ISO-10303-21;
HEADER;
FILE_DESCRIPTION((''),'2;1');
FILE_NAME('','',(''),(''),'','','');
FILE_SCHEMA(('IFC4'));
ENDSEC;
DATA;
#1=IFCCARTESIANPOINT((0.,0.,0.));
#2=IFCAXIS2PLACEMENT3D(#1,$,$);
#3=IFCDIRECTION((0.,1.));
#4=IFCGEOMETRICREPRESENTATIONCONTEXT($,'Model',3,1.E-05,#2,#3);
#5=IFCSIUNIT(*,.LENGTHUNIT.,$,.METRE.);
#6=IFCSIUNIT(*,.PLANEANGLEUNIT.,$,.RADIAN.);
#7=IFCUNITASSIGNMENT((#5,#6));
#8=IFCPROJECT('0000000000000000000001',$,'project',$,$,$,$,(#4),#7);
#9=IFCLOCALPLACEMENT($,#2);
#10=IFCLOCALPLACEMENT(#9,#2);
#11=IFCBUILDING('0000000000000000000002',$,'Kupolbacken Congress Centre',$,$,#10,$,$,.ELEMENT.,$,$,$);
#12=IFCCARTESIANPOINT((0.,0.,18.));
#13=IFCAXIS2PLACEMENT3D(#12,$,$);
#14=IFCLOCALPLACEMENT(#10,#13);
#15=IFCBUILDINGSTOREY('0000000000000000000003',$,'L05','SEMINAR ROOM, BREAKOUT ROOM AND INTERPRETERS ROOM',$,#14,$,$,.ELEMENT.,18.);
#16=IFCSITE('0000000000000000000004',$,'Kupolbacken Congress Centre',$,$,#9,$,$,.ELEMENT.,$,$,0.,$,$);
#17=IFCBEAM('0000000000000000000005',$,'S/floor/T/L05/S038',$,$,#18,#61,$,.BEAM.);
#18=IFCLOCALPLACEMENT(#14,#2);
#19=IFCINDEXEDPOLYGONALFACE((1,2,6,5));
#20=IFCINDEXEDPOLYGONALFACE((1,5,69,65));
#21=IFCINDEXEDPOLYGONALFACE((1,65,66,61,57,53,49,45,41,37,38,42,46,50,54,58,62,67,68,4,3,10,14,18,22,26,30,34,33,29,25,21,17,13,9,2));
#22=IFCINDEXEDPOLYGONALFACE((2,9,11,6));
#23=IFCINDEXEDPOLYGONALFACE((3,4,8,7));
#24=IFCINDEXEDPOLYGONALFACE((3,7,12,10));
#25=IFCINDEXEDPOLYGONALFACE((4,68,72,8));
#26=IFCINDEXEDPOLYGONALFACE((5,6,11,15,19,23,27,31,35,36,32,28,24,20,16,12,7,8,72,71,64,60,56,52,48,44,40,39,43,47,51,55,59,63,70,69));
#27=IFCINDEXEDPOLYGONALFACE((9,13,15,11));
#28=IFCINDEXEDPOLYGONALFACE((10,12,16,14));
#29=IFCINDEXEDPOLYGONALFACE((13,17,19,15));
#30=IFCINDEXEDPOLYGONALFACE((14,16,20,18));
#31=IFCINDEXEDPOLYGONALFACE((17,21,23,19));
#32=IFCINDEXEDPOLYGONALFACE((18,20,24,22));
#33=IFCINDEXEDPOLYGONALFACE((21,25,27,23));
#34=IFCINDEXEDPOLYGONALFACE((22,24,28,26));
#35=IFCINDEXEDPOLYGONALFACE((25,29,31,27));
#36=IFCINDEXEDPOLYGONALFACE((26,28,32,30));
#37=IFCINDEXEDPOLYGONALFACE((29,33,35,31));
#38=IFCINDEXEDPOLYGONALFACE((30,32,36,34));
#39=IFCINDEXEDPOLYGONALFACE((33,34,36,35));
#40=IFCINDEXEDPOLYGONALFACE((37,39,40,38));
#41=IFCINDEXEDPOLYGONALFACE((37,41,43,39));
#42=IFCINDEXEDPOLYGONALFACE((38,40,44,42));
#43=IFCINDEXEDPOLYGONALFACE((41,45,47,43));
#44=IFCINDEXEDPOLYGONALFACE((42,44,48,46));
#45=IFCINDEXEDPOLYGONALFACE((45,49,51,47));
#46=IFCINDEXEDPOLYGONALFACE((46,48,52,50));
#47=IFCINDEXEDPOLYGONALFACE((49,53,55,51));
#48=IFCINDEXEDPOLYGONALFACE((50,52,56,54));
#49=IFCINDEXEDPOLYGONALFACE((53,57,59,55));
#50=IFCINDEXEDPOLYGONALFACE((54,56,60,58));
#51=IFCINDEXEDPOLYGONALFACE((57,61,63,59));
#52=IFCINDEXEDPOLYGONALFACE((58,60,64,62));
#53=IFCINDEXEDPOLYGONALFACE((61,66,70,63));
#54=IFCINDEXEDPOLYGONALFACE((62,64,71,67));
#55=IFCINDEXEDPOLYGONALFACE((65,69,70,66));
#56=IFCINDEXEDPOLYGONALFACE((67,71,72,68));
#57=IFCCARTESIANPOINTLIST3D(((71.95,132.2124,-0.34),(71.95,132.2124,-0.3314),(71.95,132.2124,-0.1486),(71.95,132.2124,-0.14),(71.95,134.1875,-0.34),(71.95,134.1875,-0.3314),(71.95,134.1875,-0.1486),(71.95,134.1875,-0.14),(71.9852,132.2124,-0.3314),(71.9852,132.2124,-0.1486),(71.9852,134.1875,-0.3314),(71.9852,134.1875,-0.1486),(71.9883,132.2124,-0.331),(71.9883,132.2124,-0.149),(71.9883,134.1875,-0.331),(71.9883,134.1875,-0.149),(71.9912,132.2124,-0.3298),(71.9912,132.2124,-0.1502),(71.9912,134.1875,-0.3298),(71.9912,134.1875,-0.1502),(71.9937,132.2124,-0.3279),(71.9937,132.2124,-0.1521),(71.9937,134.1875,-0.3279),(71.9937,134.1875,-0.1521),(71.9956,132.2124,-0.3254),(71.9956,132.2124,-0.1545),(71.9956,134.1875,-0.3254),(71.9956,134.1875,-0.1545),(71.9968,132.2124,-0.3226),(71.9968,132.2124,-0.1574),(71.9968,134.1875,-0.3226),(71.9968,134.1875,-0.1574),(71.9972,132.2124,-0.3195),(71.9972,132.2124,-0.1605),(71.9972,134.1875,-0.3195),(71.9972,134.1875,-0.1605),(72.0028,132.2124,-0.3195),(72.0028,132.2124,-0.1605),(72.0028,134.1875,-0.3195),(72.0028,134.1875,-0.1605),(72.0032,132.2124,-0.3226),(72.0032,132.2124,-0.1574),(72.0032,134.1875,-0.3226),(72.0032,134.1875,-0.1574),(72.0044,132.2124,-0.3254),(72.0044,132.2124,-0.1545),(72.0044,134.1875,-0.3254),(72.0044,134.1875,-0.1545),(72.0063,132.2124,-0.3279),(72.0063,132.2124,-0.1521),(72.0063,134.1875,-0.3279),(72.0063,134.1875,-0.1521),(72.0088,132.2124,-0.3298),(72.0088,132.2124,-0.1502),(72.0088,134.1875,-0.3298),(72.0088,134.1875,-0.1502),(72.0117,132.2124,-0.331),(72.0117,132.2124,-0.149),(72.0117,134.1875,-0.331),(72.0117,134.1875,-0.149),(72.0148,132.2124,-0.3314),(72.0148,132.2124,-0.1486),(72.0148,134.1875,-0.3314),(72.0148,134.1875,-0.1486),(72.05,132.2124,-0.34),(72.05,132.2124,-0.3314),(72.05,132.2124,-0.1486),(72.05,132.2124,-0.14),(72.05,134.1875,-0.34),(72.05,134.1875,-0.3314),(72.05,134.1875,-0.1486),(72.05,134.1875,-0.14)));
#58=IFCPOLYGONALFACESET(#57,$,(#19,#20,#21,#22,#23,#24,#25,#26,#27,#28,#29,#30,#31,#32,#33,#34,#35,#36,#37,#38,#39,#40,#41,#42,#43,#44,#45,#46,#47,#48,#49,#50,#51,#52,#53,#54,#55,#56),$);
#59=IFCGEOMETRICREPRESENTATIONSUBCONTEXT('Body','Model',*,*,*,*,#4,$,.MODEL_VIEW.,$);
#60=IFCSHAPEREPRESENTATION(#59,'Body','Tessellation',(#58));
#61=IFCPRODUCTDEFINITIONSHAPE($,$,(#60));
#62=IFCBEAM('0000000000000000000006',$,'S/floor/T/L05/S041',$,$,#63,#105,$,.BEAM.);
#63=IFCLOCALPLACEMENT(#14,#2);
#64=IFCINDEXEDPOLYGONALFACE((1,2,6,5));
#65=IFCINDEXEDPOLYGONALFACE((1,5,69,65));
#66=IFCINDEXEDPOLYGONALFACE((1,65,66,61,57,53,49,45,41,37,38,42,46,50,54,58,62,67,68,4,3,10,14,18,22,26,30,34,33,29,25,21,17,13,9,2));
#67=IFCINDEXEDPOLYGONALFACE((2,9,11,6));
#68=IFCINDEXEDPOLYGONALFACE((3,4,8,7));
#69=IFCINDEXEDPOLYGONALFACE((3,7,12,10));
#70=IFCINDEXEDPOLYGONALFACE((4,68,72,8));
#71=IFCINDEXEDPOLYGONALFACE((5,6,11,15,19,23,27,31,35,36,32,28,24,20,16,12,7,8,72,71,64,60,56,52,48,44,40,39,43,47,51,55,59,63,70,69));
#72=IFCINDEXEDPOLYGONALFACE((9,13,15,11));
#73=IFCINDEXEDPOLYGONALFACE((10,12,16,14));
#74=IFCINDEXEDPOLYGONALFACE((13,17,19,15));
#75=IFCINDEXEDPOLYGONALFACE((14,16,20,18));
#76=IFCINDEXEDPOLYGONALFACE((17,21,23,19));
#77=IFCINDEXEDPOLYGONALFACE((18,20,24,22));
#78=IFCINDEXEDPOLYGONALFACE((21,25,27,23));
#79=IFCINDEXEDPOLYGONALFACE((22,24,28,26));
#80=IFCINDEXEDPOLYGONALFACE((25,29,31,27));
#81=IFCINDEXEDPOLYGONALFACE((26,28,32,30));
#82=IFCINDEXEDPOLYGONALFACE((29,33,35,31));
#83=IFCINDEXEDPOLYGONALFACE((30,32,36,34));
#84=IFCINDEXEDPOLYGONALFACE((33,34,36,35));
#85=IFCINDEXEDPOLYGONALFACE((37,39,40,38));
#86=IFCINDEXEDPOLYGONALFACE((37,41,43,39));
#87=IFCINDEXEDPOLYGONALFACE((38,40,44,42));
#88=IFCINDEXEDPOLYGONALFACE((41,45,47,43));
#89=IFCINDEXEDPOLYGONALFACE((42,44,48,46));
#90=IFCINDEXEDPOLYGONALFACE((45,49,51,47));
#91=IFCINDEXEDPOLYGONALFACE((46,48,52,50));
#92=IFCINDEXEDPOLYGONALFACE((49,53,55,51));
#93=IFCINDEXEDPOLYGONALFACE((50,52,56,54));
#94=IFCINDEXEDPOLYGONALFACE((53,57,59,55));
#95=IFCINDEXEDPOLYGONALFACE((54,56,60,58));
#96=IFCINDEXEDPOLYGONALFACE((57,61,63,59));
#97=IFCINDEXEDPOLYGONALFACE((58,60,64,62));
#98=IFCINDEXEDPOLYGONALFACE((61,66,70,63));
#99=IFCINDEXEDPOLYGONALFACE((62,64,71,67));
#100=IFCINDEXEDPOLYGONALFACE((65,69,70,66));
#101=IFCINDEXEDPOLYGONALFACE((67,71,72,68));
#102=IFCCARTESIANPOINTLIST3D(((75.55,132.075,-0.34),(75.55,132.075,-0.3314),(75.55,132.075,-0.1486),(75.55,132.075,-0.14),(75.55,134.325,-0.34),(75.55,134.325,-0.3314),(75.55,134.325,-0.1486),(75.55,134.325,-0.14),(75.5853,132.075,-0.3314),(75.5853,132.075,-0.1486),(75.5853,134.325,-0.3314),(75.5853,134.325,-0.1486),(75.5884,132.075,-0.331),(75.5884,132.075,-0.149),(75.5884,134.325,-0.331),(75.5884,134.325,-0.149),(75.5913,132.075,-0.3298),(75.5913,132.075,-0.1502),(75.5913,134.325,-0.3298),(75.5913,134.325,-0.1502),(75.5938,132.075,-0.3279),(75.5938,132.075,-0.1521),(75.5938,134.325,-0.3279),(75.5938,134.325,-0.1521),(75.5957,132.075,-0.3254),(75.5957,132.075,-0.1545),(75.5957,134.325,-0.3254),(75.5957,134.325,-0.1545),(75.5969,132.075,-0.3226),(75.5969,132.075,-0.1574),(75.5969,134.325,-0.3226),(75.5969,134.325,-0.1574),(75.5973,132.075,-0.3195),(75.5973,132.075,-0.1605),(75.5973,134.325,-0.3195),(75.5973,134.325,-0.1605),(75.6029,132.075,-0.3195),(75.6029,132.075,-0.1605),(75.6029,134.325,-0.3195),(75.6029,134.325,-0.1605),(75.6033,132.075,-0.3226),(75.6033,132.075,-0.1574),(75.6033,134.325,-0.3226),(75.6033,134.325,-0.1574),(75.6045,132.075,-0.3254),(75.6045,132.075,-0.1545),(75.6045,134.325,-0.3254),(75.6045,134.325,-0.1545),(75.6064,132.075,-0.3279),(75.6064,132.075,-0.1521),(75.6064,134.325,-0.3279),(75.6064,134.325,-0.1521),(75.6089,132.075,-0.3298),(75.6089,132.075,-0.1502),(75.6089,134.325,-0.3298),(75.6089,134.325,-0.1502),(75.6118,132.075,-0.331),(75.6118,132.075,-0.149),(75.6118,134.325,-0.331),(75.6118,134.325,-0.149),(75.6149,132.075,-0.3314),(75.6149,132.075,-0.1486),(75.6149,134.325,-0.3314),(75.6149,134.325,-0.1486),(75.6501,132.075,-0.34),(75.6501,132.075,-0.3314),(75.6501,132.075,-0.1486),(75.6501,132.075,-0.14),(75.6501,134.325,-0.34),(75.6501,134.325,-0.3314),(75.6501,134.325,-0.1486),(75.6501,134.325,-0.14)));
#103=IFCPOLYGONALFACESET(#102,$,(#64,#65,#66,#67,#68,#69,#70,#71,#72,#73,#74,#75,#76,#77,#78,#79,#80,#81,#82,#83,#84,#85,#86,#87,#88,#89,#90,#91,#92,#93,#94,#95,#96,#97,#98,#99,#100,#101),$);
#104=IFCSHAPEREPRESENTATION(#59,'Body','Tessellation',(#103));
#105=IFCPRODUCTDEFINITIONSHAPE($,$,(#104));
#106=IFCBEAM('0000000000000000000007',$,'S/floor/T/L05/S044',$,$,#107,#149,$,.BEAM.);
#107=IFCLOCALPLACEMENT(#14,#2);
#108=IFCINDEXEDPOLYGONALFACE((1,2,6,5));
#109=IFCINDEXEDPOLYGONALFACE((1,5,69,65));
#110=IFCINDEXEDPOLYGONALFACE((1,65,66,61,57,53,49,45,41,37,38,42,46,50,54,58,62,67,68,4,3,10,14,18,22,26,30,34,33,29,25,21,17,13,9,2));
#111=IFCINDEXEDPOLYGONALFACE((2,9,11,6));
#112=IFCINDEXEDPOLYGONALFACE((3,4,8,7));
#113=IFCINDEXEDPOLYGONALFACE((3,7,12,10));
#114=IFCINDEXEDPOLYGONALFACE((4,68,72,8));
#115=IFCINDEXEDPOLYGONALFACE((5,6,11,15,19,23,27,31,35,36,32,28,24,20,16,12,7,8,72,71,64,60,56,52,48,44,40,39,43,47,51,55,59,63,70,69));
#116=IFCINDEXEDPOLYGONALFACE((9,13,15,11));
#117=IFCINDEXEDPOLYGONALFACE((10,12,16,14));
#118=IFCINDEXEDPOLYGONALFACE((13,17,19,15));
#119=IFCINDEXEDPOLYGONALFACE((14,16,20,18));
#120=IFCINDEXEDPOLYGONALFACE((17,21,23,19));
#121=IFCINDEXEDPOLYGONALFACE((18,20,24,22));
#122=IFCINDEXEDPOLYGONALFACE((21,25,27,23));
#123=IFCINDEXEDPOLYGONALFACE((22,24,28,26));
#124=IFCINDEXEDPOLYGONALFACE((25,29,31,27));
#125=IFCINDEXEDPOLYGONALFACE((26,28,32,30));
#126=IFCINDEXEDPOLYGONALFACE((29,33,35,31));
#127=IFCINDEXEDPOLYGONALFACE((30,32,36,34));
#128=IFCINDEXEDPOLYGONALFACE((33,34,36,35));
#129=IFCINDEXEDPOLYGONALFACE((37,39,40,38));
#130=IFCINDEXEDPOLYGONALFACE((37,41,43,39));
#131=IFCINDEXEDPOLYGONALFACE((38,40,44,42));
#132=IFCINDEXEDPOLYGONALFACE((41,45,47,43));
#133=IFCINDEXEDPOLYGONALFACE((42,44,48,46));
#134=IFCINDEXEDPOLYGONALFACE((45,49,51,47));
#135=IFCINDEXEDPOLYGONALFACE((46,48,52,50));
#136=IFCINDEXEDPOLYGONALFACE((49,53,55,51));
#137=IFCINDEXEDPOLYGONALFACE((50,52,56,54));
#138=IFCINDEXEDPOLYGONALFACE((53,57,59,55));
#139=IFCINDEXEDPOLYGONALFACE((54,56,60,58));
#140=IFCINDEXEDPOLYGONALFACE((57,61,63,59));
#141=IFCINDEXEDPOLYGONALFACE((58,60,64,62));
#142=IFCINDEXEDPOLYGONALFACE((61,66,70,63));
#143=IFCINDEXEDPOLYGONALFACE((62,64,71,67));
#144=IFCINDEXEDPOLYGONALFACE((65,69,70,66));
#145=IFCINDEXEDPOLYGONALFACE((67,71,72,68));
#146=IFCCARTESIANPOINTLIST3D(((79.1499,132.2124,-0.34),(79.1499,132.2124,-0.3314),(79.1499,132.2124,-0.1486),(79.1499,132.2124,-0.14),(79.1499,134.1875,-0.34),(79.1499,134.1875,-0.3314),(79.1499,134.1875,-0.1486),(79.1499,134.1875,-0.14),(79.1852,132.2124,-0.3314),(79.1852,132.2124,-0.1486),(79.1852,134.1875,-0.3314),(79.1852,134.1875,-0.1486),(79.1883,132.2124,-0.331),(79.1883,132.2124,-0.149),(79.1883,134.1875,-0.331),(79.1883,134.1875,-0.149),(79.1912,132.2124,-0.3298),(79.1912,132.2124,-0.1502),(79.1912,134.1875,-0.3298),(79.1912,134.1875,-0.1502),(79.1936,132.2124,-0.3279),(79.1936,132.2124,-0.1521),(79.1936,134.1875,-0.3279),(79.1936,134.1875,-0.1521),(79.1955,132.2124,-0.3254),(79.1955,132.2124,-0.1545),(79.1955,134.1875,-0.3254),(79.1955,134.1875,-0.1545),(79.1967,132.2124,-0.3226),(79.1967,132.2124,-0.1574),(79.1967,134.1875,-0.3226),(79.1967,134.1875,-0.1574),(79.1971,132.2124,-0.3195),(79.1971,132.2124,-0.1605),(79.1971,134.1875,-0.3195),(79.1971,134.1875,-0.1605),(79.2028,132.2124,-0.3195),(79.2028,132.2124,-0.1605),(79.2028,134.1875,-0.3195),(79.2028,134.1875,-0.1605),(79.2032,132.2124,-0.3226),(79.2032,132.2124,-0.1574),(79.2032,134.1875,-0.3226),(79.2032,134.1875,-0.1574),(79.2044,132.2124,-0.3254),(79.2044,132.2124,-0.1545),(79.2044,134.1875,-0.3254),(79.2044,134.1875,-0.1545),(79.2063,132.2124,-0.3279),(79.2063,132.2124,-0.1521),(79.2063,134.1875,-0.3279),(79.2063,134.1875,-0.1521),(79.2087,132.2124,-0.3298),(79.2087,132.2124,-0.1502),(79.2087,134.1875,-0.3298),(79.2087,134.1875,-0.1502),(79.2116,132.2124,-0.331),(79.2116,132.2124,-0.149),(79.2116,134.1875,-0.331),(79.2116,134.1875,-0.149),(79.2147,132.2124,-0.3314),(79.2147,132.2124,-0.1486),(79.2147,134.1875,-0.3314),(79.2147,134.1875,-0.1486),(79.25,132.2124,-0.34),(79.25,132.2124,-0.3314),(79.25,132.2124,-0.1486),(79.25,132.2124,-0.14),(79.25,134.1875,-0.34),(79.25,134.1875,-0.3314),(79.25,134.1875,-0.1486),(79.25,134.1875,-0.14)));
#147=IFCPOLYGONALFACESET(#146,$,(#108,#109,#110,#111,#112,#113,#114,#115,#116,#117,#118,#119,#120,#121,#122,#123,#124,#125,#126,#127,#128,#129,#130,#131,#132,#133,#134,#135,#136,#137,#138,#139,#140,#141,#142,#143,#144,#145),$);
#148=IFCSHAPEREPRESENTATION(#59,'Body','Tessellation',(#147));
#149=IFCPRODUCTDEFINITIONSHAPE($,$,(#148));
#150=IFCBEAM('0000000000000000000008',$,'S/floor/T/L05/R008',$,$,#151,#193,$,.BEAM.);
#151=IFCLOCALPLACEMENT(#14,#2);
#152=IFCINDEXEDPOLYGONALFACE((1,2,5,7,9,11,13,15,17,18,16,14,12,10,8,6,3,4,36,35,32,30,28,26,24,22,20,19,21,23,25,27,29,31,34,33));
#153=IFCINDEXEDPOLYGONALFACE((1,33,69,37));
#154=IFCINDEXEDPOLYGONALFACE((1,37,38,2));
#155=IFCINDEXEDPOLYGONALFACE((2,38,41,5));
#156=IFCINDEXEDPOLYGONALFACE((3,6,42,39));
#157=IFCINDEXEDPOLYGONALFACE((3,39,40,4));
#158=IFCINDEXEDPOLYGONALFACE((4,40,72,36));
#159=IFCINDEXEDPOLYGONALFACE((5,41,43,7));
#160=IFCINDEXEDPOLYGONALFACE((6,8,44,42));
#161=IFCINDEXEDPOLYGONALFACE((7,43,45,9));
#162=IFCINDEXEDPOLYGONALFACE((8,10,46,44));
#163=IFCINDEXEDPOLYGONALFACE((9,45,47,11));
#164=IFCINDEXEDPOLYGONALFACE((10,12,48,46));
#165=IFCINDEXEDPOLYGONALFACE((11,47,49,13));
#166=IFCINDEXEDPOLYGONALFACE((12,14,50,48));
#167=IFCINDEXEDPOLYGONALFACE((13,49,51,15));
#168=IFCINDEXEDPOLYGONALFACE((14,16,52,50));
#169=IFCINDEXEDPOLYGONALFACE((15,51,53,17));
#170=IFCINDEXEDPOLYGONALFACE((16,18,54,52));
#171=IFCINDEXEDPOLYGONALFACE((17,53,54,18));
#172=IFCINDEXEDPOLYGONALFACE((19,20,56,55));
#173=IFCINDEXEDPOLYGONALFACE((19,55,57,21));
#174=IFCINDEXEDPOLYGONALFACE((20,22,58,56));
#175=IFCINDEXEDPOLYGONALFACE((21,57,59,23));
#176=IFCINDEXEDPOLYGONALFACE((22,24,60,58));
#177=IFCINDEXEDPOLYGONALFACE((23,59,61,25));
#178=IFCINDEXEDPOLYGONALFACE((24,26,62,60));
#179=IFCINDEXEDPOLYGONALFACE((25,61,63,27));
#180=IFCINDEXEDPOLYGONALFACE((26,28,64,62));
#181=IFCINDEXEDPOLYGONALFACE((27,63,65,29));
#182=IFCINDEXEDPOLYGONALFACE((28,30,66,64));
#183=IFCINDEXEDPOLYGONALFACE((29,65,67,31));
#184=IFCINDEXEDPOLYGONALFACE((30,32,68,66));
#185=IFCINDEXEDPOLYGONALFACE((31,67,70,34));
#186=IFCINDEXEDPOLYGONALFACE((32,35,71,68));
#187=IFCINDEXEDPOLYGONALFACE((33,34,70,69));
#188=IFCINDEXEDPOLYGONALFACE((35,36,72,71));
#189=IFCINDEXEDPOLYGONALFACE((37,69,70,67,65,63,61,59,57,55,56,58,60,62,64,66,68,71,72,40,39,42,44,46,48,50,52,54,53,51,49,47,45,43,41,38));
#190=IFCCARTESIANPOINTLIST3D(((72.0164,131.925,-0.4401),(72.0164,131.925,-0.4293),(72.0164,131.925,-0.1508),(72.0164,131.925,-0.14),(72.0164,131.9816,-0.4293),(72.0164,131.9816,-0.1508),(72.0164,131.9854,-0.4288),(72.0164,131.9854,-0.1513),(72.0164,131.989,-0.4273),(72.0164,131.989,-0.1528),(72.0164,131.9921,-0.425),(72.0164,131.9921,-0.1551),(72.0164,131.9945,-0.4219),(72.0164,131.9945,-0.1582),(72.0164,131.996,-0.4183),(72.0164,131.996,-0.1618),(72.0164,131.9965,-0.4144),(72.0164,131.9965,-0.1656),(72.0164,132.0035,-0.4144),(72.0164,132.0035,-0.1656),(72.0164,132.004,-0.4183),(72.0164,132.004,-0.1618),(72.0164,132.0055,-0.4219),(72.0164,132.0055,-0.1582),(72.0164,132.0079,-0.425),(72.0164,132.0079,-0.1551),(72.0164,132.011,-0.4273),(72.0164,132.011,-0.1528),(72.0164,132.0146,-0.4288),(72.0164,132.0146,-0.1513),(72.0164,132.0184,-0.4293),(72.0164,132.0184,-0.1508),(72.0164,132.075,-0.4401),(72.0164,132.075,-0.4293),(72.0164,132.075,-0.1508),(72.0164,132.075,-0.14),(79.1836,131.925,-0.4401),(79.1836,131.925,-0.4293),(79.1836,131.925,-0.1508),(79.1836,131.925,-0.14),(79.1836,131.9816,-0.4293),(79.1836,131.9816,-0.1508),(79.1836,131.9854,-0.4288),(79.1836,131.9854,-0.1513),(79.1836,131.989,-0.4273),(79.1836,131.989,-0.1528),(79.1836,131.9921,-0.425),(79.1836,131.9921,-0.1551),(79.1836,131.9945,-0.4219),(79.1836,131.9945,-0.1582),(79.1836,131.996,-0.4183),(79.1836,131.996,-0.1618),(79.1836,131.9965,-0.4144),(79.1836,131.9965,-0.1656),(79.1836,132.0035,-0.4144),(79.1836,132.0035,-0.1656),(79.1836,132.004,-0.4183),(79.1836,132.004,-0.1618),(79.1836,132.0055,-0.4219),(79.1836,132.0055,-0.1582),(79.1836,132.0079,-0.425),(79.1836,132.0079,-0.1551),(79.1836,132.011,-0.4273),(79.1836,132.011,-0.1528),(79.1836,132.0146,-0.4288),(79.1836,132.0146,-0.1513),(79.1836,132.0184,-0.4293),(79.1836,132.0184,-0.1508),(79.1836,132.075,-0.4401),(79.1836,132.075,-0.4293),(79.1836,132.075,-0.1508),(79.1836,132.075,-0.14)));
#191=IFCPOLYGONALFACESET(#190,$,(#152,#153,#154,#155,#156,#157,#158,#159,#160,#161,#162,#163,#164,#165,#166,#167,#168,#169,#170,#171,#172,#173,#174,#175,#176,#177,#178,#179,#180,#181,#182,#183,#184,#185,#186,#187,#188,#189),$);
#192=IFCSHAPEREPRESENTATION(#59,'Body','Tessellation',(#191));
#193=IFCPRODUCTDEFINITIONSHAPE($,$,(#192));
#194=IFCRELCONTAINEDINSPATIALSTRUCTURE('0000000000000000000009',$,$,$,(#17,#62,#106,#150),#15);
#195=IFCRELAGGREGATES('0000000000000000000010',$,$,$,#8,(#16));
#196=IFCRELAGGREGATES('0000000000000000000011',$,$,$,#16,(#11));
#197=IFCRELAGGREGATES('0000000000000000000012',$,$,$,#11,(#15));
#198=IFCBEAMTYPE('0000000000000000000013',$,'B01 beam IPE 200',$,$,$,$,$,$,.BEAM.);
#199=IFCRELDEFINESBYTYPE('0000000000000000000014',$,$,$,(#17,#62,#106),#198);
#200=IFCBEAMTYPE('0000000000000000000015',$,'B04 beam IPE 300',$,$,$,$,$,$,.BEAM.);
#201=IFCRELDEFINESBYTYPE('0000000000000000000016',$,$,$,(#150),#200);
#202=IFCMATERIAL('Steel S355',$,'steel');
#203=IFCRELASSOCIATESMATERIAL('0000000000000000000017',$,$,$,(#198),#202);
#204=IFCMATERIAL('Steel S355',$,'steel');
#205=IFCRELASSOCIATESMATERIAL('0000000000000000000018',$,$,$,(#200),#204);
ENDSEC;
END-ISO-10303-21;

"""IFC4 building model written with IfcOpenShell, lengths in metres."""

from ifc_helpers import new_model, si_unit, direction, frame, origin, origin_2d, place, context, subcontext, project, spatial, i_section, extrude, material, material_profile, profile_set, type_object, element, save


model = new_model("IFC4")

# Units and contexts
model_context = context("Model", 3, precision=1e-05, world=origin(), true_north=direction((0.0, 1.0)))
body_context = subcontext(model_context, "Body", "Model", "MODEL_VIEW")
ifc_project = project(units=[si_unit("LENGTHUNIT", "METRE"), si_unit("PLANEANGLEUNIT", "RADIAN")], contexts=[model_context])

# Site, building, storey
site_placement = place(None, origin())
site = spatial("IfcSite", under=ifc_project, at=site_placement, Name="Kupolbacken Congress Centre", CompositionType="ELEMENT", RefElevation=0.0)
building_placement = place(site_placement, origin())
building = spatial("IfcBuilding", under=site, at=building_placement, Name="Kupolbacken Congress Centre", CompositionType="ELEMENT")
storey_placement = place(building_placement, frame((0.0, 0.0, 18.0)))
storey = spatial("IfcBuildingStorey", under=building, at=storey_placement, Name="L05", Description="SEMINAR ROOM, BREAKOUT ROOM AND INTERPRETERS ROOM", CompositionType="ELEMENT", Elevation=18.0)

# Beams
ifc_material_1 = material(Name="Steel S355", Category="steel")
ifc_material_profile_1 = material_profile(ifc_material_1, i_section(OverallWidth=0.1001, OverallDepth=0.2, WebThickness=0.0056, FlangeThickness=0.0085, FilletRadius=0.012, at=origin_2d()), Name="IPE 200")
ifc_profile_set_1 = profile_set([ifc_material_profile_1], Name="Steel S355")
beam_type_1 = type_object("IfcBeamType", Name="B01 beam IPE 200", PredefinedType="BEAM", material=ifc_profile_set_1)
beam_1_placement = place(storey_placement, frame((72.0, 132.2124, -0.24), z_axis=(0.0, 1.0, 0.0), x_axis=(-1.0, 0.0, 0.0)))
element("IfcBeam", 1, at=beam_1_placement, inside=storey, type_object=beam_type_1, Name="S/floor/T/L05/S038", PredefinedType="BEAM", context=body_context, shape_type="SweptSolid", body=[
    extrude(i_section(OverallWidth=0.1001, OverallDepth=0.2, WebThickness=0.0056, FlangeThickness=0.0085, FilletRadius=0.012, at=origin_2d()), origin(), (0.0, 0.0, 1.0), 1.9751),
])
beam_2_placement = place(storey_placement, frame((75.6001, 132.075, -0.24), z_axis=(0.0, 1.0, 0.0), x_axis=(-1.0, 0.0, 0.0)))
element("IfcBeam", 2, at=beam_2_placement, inside=storey, type_object=beam_type_1, Name="S/floor/T/L05/S041", PredefinedType="BEAM", context=body_context, shape_type="SweptSolid", body=[
    extrude(i_section(OverallWidth=0.1001, OverallDepth=0.2, WebThickness=0.0056, FlangeThickness=0.0085, FilletRadius=0.012, at=origin_2d()), origin(), (0.0, 0.0, 1.0), 2.25),
])
beam_3_placement = place(storey_placement, frame((79.2, 132.2124, -0.24), z_axis=(0.0, 1.0, 0.0), x_axis=(-1.0, 0.0, 0.0)))
element("IfcBeam", 3, at=beam_3_placement, inside=storey, type_object=beam_type_1, Name="S/floor/T/L05/S044", PredefinedType="BEAM", context=body_context, shape_type="SweptSolid", body=[
    extrude(i_section(OverallWidth=0.1001, OverallDepth=0.2, WebThickness=0.0056, FlangeThickness=0.0085, FilletRadius=0.012, at=origin_2d()), origin(), (0.0, 0.0, 1.0), 1.9751),
])
ifc_material_2 = material(Name="Steel S355", Category="steel")
ifc_material_profile_2 = material_profile(ifc_material_2, i_section(OverallWidth=0.1499, OverallDepth=0.3, WebThickness=0.0071, FlangeThickness=0.0107, FilletRadius=0.0149, at=origin_2d()), Name="IPE 300")
ifc_profile_set_2 = profile_set([ifc_material_profile_2], Name="Steel S355")
beam_type_2 = type_object("IfcBeamType", Name="B04 beam IPE 300", PredefinedType="BEAM", material=ifc_profile_set_2)
for number, where, z_axis, x_axis, name in (
    (4, (72.0164, 132.0, -0.29), (1.0, 0.0, 0.0), (0.0, 1.0, 0.0), "S/floor/T/L05/R008"),
):
    element("IfcBeam", number, at=place(storey_placement, frame(where, z_axis=z_axis, x_axis=x_axis)), inside=storey, type_object=beam_type_2, Name=name, PredefinedType="BEAM", context=body_context, shape_type="SweptSolid", body=[
        extrude(i_section(OverallWidth=0.1499, OverallDepth=0.3, WebThickness=0.0071, FlangeThickness=0.0107, FilletRadius=0.0149, at=origin_2d()), origin(), (0.0, 0.0, 1.0), 7.1672),
    ])

save(model, "model.ifc")
